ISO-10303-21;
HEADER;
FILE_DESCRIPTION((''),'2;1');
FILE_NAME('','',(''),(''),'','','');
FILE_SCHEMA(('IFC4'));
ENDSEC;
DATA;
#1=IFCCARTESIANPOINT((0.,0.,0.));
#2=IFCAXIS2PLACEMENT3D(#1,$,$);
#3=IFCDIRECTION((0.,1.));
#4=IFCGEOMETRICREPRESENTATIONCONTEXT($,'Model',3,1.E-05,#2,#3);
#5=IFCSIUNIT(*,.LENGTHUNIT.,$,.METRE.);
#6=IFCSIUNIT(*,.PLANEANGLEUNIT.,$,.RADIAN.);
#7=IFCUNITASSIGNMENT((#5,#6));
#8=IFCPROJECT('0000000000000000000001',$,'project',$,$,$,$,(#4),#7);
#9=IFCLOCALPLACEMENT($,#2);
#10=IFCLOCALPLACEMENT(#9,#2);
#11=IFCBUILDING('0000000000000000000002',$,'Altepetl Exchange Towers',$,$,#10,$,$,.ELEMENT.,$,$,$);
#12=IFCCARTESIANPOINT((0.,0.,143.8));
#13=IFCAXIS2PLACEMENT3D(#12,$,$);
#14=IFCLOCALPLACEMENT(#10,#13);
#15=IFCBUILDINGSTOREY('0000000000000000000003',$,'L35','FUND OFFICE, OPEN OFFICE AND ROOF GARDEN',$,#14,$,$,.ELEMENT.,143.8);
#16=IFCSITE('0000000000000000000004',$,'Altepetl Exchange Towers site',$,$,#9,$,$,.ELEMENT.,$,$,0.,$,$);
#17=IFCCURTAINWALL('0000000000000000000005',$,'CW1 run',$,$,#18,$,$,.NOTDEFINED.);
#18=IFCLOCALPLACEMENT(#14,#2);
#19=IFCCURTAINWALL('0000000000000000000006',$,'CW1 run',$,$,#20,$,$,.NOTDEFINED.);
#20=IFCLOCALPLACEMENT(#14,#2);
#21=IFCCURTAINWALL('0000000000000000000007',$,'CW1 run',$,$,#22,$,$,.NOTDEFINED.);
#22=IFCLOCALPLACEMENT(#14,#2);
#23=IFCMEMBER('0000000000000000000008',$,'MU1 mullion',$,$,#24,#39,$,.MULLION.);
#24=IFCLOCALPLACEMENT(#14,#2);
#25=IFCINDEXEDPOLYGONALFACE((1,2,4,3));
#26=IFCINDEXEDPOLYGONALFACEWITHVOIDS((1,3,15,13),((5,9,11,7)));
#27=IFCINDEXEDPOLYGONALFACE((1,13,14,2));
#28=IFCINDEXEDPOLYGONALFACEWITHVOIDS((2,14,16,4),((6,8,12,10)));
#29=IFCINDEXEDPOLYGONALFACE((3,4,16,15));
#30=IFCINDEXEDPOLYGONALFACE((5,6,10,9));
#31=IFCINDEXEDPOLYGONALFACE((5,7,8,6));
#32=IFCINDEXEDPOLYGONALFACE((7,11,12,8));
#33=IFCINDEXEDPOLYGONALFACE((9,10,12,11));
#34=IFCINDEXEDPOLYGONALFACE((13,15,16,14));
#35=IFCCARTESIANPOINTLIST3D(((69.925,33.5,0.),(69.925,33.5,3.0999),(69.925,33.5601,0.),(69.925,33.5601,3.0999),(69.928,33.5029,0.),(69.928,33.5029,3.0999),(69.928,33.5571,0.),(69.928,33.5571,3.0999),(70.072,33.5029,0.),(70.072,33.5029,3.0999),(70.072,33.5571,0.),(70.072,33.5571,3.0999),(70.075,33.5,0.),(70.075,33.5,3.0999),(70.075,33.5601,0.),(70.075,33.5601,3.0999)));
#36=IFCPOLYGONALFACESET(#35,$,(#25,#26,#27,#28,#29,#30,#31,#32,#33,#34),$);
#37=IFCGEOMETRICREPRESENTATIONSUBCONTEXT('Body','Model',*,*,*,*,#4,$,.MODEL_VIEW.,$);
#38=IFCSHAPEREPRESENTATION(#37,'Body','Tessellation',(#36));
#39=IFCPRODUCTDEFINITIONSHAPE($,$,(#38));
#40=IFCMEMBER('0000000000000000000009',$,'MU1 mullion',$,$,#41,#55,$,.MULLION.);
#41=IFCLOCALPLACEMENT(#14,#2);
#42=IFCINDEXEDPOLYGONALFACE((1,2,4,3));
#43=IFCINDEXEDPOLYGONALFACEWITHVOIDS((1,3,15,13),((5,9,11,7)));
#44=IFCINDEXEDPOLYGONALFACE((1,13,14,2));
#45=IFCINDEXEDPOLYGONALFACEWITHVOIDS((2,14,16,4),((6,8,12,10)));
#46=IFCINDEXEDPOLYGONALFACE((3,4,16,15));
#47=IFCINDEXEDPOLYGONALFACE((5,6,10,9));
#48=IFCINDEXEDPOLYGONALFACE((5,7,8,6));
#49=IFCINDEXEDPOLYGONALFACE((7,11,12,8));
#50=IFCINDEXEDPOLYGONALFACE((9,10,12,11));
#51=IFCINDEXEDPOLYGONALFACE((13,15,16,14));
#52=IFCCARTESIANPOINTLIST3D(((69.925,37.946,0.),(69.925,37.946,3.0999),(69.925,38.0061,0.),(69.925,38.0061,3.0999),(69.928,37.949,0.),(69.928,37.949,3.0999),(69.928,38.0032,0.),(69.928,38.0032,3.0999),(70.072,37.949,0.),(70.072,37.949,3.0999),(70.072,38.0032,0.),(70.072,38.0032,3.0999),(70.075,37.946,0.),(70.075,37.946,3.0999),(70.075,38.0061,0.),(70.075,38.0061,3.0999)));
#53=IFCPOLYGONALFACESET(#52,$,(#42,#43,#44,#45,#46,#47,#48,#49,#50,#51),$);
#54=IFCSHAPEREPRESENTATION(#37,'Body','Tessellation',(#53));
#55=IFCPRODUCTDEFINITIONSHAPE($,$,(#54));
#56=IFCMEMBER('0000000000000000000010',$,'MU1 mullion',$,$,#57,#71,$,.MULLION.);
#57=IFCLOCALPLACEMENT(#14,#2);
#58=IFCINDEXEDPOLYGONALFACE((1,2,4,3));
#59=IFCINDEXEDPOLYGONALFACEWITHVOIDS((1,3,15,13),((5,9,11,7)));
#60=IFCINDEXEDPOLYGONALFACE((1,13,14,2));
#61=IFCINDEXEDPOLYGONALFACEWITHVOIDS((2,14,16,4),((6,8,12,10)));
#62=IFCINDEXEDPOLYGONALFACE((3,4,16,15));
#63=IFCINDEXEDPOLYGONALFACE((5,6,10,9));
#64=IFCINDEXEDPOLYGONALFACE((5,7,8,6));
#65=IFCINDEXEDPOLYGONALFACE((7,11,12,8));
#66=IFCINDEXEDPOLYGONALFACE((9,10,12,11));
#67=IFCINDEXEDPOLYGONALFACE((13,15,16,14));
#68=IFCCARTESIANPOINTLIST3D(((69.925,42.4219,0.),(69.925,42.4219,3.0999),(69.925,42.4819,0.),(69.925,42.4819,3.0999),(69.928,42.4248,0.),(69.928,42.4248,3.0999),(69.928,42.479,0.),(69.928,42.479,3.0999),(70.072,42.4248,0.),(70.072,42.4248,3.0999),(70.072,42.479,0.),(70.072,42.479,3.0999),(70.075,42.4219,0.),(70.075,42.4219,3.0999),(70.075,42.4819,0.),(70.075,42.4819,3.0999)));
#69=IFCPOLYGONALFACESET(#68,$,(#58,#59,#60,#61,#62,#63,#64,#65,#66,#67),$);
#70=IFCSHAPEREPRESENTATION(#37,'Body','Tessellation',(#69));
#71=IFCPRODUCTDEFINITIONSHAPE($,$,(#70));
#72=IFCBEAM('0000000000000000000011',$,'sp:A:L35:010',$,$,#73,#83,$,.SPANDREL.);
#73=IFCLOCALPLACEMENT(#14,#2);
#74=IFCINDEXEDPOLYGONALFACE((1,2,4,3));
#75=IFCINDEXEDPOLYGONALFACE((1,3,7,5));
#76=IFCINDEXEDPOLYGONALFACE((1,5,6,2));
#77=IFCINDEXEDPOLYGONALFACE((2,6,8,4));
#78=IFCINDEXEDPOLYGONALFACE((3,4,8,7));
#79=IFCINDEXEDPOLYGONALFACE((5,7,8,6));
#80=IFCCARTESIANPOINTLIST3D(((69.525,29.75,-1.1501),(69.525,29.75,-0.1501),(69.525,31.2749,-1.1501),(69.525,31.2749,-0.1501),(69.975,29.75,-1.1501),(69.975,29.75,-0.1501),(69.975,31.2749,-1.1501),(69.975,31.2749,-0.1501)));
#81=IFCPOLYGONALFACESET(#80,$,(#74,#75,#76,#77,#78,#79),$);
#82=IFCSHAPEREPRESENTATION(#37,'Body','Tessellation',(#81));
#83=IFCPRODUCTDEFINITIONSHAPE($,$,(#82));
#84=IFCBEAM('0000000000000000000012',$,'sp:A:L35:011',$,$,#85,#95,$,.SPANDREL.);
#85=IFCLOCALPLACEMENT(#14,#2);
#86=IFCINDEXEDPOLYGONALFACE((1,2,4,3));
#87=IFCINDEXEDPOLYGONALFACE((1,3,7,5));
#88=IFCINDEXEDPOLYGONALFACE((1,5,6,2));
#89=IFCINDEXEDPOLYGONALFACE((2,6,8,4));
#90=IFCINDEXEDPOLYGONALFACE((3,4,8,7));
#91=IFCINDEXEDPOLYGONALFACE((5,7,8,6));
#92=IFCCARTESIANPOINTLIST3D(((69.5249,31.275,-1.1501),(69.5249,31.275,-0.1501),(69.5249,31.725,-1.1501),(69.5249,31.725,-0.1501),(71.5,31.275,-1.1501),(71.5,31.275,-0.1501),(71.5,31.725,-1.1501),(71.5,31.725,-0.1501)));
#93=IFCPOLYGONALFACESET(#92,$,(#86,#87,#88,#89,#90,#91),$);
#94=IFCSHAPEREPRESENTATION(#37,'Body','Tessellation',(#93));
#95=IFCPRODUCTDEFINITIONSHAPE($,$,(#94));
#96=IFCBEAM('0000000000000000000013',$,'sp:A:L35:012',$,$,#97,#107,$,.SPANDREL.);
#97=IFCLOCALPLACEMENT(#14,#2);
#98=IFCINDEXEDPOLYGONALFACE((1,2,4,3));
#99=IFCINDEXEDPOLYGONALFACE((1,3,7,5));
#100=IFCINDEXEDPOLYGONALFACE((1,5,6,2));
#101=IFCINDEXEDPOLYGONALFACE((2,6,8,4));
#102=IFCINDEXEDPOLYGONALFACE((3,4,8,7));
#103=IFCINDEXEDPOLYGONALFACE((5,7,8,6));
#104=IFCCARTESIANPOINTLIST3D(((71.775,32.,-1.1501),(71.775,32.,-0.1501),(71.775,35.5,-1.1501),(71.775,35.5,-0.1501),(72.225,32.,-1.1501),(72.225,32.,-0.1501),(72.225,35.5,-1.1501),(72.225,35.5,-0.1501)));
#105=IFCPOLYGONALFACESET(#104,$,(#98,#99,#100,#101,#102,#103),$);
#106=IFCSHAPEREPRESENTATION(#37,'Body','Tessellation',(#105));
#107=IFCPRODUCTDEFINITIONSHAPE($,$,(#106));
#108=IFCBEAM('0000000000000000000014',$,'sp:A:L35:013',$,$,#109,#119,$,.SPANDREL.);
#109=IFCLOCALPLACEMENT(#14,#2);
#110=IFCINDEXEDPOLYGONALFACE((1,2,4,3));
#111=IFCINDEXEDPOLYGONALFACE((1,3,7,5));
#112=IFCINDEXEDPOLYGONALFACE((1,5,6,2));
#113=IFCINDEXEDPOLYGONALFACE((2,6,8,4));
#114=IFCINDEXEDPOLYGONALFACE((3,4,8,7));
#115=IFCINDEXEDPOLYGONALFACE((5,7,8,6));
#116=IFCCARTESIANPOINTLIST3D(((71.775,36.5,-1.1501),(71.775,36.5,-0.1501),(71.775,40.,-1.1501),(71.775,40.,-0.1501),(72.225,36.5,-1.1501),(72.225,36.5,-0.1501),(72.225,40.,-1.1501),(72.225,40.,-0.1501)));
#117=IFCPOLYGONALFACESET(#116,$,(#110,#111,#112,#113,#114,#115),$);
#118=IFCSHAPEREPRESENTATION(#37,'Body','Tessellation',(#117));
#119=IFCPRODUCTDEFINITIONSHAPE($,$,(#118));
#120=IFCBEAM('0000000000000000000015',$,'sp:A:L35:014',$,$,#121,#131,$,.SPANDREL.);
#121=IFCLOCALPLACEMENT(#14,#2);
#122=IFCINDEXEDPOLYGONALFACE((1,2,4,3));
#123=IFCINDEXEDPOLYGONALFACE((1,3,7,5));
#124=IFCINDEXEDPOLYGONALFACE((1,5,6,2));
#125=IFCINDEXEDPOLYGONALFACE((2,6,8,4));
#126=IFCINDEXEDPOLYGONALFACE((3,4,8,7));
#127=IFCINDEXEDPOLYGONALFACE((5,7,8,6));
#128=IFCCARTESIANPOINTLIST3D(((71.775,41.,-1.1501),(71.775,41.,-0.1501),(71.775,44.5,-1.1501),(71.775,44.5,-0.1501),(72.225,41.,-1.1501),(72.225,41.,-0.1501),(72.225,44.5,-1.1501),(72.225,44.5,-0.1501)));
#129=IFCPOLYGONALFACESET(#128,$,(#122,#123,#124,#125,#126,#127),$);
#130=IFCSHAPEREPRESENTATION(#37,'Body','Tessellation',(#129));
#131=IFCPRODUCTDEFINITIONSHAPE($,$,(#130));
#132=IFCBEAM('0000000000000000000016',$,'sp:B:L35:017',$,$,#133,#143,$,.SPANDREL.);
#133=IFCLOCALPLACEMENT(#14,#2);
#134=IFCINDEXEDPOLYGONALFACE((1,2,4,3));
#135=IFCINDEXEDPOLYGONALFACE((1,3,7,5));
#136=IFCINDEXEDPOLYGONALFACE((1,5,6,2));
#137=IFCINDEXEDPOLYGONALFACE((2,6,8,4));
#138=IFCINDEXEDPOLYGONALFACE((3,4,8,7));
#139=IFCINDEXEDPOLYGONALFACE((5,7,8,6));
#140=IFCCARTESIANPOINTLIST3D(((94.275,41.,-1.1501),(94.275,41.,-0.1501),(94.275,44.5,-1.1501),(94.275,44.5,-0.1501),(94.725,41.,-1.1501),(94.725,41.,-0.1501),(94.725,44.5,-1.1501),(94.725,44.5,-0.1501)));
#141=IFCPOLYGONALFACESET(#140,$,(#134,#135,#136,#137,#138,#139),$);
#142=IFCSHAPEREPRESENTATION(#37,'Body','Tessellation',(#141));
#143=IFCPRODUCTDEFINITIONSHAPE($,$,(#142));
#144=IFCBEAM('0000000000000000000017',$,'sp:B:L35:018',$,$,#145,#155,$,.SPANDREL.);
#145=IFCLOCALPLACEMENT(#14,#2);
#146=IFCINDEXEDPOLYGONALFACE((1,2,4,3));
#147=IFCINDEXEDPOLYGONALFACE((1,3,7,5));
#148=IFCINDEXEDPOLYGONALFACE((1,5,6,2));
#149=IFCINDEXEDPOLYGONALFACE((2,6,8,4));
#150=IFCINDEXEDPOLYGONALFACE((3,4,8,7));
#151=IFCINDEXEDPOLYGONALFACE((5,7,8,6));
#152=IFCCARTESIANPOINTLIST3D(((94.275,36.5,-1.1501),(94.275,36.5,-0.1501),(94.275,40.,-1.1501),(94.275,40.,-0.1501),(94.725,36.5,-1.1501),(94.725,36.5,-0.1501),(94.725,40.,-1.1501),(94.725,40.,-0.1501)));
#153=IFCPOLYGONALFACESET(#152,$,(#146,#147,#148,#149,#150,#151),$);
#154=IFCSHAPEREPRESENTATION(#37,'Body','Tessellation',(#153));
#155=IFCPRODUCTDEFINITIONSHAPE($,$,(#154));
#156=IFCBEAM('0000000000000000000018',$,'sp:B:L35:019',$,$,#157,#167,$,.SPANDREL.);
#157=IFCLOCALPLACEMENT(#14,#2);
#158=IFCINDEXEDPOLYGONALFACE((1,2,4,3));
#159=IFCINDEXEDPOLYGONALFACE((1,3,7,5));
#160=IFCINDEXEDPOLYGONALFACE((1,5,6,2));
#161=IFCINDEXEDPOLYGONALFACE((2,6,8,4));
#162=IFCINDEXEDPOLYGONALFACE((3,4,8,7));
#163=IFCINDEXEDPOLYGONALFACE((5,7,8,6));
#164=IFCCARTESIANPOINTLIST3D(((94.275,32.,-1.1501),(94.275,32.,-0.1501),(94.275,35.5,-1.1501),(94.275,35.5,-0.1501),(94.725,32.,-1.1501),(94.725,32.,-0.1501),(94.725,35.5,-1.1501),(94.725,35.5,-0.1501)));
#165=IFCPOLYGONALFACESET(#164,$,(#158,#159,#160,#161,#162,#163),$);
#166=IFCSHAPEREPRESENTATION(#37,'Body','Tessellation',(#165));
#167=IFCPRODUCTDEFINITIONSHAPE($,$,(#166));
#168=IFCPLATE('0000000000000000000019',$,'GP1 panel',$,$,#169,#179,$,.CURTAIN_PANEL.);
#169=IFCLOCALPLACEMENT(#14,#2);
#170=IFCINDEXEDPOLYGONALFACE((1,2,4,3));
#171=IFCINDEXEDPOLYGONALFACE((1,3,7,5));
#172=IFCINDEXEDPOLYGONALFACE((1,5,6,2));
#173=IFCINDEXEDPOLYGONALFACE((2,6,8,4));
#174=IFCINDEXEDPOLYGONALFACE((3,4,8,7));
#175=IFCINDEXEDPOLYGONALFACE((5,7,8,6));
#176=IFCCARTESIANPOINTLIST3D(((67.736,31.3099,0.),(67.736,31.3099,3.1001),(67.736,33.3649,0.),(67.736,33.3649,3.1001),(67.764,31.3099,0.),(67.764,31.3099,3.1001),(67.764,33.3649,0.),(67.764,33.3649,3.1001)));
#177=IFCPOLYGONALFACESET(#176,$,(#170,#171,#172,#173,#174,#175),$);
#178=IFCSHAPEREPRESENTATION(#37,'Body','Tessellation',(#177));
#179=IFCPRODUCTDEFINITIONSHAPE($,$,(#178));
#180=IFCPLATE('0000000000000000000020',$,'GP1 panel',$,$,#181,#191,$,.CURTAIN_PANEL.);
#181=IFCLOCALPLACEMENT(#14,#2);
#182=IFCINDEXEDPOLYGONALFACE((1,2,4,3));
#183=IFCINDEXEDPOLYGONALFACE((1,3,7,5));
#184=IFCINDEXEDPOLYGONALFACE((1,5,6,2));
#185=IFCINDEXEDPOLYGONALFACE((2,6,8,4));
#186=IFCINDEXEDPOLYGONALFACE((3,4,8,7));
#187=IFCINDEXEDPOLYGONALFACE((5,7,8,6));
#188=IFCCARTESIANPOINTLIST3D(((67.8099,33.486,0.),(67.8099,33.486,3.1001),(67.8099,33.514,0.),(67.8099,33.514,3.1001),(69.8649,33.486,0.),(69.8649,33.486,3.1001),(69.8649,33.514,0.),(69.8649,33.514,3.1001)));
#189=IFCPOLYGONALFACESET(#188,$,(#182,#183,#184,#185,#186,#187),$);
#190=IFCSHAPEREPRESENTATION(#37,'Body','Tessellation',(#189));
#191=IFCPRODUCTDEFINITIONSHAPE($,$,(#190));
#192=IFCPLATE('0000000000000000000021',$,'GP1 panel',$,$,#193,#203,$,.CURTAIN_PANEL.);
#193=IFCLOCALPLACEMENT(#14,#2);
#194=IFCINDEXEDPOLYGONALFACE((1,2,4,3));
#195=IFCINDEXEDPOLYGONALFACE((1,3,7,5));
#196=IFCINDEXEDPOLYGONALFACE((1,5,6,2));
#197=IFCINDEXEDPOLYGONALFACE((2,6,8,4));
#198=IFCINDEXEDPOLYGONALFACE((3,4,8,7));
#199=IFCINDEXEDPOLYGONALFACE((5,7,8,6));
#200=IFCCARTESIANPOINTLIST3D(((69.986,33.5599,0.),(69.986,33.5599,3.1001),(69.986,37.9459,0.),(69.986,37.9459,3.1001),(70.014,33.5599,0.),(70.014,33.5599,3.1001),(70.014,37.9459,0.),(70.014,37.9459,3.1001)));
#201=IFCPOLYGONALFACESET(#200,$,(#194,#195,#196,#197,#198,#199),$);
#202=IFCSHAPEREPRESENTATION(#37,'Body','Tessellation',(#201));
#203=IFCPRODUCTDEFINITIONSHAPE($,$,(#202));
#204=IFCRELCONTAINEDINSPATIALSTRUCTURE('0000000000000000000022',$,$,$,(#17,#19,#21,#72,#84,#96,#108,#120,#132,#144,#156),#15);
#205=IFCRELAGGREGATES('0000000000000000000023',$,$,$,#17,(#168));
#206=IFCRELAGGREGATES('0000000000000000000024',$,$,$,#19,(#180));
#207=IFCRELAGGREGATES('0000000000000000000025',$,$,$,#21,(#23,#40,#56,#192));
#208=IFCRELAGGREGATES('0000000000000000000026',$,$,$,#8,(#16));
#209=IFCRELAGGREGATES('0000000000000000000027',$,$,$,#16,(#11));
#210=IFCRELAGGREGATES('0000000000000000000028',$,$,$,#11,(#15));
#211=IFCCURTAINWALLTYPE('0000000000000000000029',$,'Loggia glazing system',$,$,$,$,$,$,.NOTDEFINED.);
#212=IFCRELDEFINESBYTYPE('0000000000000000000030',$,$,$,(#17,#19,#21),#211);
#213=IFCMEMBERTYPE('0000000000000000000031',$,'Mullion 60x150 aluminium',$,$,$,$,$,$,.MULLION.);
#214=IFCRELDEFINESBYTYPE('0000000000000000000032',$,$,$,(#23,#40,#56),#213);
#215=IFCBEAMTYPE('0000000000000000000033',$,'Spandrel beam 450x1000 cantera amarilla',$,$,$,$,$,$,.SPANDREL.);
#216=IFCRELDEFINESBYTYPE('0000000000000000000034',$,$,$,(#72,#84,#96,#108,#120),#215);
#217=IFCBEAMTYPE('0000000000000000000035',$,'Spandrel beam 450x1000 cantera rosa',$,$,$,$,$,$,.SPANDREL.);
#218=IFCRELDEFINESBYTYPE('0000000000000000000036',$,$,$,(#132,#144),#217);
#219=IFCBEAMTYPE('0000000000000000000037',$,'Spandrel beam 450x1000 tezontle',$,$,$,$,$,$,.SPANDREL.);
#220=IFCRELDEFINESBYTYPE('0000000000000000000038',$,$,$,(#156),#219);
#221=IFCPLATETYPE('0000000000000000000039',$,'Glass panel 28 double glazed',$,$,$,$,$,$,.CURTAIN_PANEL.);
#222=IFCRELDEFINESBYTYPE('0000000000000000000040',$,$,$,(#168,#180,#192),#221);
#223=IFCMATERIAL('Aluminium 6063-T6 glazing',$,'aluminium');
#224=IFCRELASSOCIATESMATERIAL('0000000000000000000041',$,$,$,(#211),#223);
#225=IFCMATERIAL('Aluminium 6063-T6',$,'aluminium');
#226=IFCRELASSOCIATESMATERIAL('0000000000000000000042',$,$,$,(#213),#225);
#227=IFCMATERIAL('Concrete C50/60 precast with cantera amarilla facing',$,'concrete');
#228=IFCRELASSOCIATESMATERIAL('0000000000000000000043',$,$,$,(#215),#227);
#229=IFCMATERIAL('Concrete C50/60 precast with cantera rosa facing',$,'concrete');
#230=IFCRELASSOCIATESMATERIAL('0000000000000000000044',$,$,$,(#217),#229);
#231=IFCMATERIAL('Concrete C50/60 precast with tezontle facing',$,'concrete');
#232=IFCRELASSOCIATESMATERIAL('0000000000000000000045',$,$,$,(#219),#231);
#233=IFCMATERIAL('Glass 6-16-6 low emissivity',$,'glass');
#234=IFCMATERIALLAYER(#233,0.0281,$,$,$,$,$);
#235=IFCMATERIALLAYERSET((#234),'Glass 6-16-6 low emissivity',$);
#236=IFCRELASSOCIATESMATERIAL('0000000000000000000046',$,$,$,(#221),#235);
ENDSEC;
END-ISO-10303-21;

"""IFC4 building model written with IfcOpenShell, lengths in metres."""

from ifc_helpers import new_model, si_unit, direction, frame, origin, origin_2d, place, context, subcontext, project, spatial, rectangle, hollow_rectangle, extrude, material, layer, layer_set, material_profile, profile_set, type_object, element, aggregate, save


model = new_model("IFC4")

# Units and contexts
model_context = context("Model", 3, precision=1e-05, world=origin(), true_north=direction((0.0, 1.0)))
body_context = subcontext(model_context, "Body", "Model", "MODEL_VIEW")
ifc_project = project(units=[si_unit("LENGTHUNIT", "METRE"), si_unit("PLANEANGLEUNIT", "RADIAN")], contexts=[model_context])

# Site, building, storey
site_placement = place(None, origin())
site = spatial("IfcSite", under=ifc_project, at=site_placement, Name="Altepetl Exchange Towers site", CompositionType="ELEMENT", RefElevation=0.0)
building_placement = place(site_placement, origin())
building = spatial("IfcBuilding", under=site, at=building_placement, Name="Altepetl Exchange Towers", CompositionType="ELEMENT")
storey_placement = place(building_placement, frame((0.0, 0.0, 143.8)))
storey = spatial("IfcBuildingStorey", under=building, at=storey_placement, Name="L35", Description="FUND OFFICE, OPEN OFFICE AND ROOF GARDEN", CompositionType="ELEMENT", Elevation=143.8)

# Shared definitions
ifc_material_1 = material(Name="Aluminium 6063-T6 glazing", Category="aluminium")
curtain_wall_type = type_object("IfcCurtainWallType", Name="Loggia glazing system", PredefinedType="NOTDEFINED", material=ifc_material_1)
ifc_material_2 = material(Name="Aluminium 6063-T6", Category="aluminium")
ifc_material_profile_1 = material_profile(ifc_material_2, hollow_rectangle(XDim=0.0601, YDim=0.1499, WallThickness=0.0029, at=origin_2d()), Name="Mullion 60x150 aluminium")
ifc_profile_set_1 = profile_set([ifc_material_profile_1], Name="Aluminium 6063-T6")
member_type = type_object("IfcMemberType", Name="Mullion 60x150 aluminium", PredefinedType="MULLION", material=ifc_profile_set_1)

# Curtain walls, members
curtain_wall_1_placement = place(storey_placement, origin())
curtain_wall_1 = element("IfcCurtainWall", 1, at=curtain_wall_1_placement, inside=storey, type_object=curtain_wall_type, Name="CW1 run", PredefinedType="NOTDEFINED")
curtain_wall_2_placement = place(storey_placement, origin())
curtain_wall_2 = element("IfcCurtainWall", 2, at=curtain_wall_2_placement, inside=storey, type_object=curtain_wall_type, Name="CW1 run", PredefinedType="NOTDEFINED")
curtain_wall_3_placement = place(storey_placement, origin())
curtain_wall_3 = element("IfcCurtainWall", 3, at=curtain_wall_3_placement, inside=storey, type_object=curtain_wall_type, Name="CW1 run", PredefinedType="NOTDEFINED")
member_1_placement = place(storey_placement, frame((70.0, 33.53, 0.0), z_axis=(0.0, 0.0, 1.0), x_axis=(0.0, 1.0, 0.0)))
member_1 = element("IfcMember", 4, at=member_1_placement, type_object=member_type, Name="MU1 mullion", PredefinedType="MULLION", context=body_context, shape_type="SweptSolid", body=[
    extrude(hollow_rectangle(XDim=0.0601, YDim=0.1499, WallThickness=0.0029, at=origin_2d()), origin(), (0.0, 0.0, 1.0), 3.0999),
])
member_2_placement = place(storey_placement, frame((70.0, 37.9761, 0.0), z_axis=(0.0, 0.0, 1.0), x_axis=(0.0, 1.0, 0.0)))
member_2 = element("IfcMember", 5, at=member_2_placement, type_object=member_type, Name="MU1 mullion", PredefinedType="MULLION", context=body_context, shape_type="SweptSolid", body=[
    extrude(hollow_rectangle(XDim=0.0601, YDim=0.1499, WallThickness=0.0029, at=origin_2d()), origin(), (0.0, 0.0, 1.0), 3.0999),
])
member_3_placement = place(storey_placement, frame((70.0, 42.4519, 0.0), z_axis=(0.0, 0.0, 1.0), x_axis=(0.0, 1.0, 0.0)))
member_3 = element("IfcMember", 6, at=member_3_placement, type_object=member_type, Name="MU1 mullion", PredefinedType="MULLION", context=body_context, shape_type="SweptSolid", body=[
    extrude(hollow_rectangle(XDim=0.0601, YDim=0.1499, WallThickness=0.0029, at=origin_2d()), origin(), (0.0, 0.0, 1.0), 3.0999),
])

# Beams
ifc_material_3 = material(Name="Concrete C50/60 precast with cantera amarilla facing", Category="concrete")
ifc_material_profile_2 = material_profile(ifc_material_3, rectangle(XDim=0.45, YDim=1.0, at=origin_2d()), Name="450 x 1000")
ifc_profile_set_2 = profile_set([ifc_material_profile_2], Name="Concrete C50/60 precast with cantera amarilla facing")
beam_type_1 = type_object("IfcBeamType", Name="Spandrel beam 450x1000 cantera amarilla", PredefinedType="SPANDREL", material=ifc_profile_set_2)
beam_1_placement = place(storey_placement, frame((69.75, 29.75, -0.6501), z_axis=(0.0, 1.0, 0.0), x_axis=(-1.0, 0.0, 0.0)))
element("IfcBeam", 7, at=beam_1_placement, inside=storey, type_object=beam_type_1, Name="sp:A:L35:010", PredefinedType="SPANDREL", context=body_context, shape_type="SweptSolid", body=[
    extrude(rectangle(XDim=0.45, YDim=1.0, at=origin_2d()), origin(), (0.0, 0.0, 1.0), 1.5249),
])
beam_2_placement = place(storey_placement, frame((69.5249, 31.5, -0.6501), z_axis=(1.0, 0.0, 0.0), x_axis=(0.0, 1.0, 0.0)))
element("IfcBeam", 8, at=beam_2_placement, inside=storey, type_object=beam_type_1, Name="sp:A:L35:011", PredefinedType="SPANDREL", context=body_context, shape_type="SweptSolid", body=[
    extrude(rectangle(XDim=0.45, YDim=1.0, at=origin_2d()), origin(), (0.0, 0.0, 1.0), 1.9751),
])
for number, where, z_axis, x_axis, name in (
    (9, (72.0, 32.0, -0.6501), (0.0, 1.0, 0.0), (-1.0, 0.0, 0.0), "sp:A:L35:012"),
    (10, (72.0, 36.5, -0.6501), (0.0, 1.0, 0.0), (-1.0, 0.0, 0.0), "sp:A:L35:013"),
    (11, (72.0, 41.0, -0.6501), (0.0, 1.0, 0.0), (-1.0, 0.0, 0.0), "sp:A:L35:014"),
):
    element("IfcBeam", number, at=place(storey_placement, frame(where, z_axis=z_axis, x_axis=x_axis)), inside=storey, type_object=beam_type_1, Name=name, PredefinedType="SPANDREL", context=body_context, shape_type="SweptSolid", body=[
        extrude(rectangle(XDim=0.45, YDim=1.0, at=origin_2d()), origin(), (0.0, 0.0, 1.0), 3.5),
    ])
ifc_material_4 = material(Name="Concrete C50/60 precast with cantera rosa facing", Category="concrete")
ifc_material_profile_3 = material_profile(ifc_material_4, rectangle(XDim=0.45, YDim=1.0, at=origin_2d()), Name="450 x 1000")
ifc_profile_set_3 = profile_set([ifc_material_profile_3], Name="Concrete C50/60 precast with cantera rosa facing")
beam_type_2 = type_object("IfcBeamType", Name="Spandrel beam 450x1000 cantera rosa", PredefinedType="SPANDREL", material=ifc_profile_set_3)
for number, where, z_axis, x_axis, name in (
    (12, (94.5, 44.5, -0.6501), (0.0, -1.0, 0.0), (1.0, 0.0, 0.0), "sp:B:L35:017"),
    (13, (94.5, 40.0, -0.6501), (0.0, -1.0, 0.0), (1.0, 0.0, 0.0), "sp:B:L35:018"),
):
    element("IfcBeam", number, at=place(storey_placement, frame(where, z_axis=z_axis, x_axis=x_axis)), inside=storey, type_object=beam_type_2, Name=name, PredefinedType="SPANDREL", context=body_context, shape_type="SweptSolid", body=[
        extrude(rectangle(XDim=0.45, YDim=1.0, at=origin_2d()), origin(), (0.0, 0.0, 1.0), 3.5),
    ])
ifc_material_5 = material(Name="Concrete C50/60 precast with tezontle facing", Category="concrete")
ifc_material_profile_4 = material_profile(ifc_material_5, rectangle(XDim=0.45, YDim=1.0, at=origin_2d()), Name="450 x 1000")
ifc_profile_set_4 = profile_set([ifc_material_profile_4], Name="Concrete C50/60 precast with tezontle facing")
beam_type_3 = type_object("IfcBeamType", Name="Spandrel beam 450x1000 tezontle", PredefinedType="SPANDREL", material=ifc_profile_set_4)
beam_3_placement = place(storey_placement, frame((94.5, 35.5, -0.6501), z_axis=(0.0, -1.0, 0.0), x_axis=(1.0, 0.0, 0.0)))
element("IfcBeam", 14, at=beam_3_placement, inside=storey, type_object=beam_type_3, Name="sp:B:L35:019", PredefinedType="SPANDREL", context=body_context, shape_type="SweptSolid", body=[
    extrude(rectangle(XDim=0.45, YDim=1.0, at=origin_2d()), origin(), (0.0, 0.0, 1.0), 3.5),
])

# Plates
ifc_material_6 = material(Name="Glass 6-16-6 low emissivity", Category="glass")
ifc_layer = layer(ifc_material_6, 0.0281)
ifc_layer_set = layer_set([ifc_layer], Name="Glass 6-16-6 low emissivity")
plate_type = type_object("IfcPlateType", Name="Glass panel 28 double glazed", PredefinedType="CURTAIN_PANEL", material=ifc_layer_set)
plate_1_placement = place(storey_placement, frame((67.75, 32.3374, 0.0), z_axis=(0.0, 0.0, 1.0), x_axis=(0.0, 1.0, 0.0)))
plate_1 = element("IfcPlate", 15, at=plate_1_placement, type_object=plate_type, Name="GP1 panel", PredefinedType="CURTAIN_PANEL", context=body_context, shape_type="SweptSolid", body=[
    extrude(rectangle(XDim=2.0549, YDim=0.0281, at=origin_2d()), origin(), (0.0, 0.0, 1.0), 3.1001),
])
aggregate(curtain_wall_1, [plate_1])
plate_2_placement = place(storey_placement, frame((68.8374, 33.5, 0.0)))
plate_2 = element("IfcPlate", 16, at=plate_2_placement, type_object=plate_type, Name="GP1 panel", PredefinedType="CURTAIN_PANEL", context=body_context, shape_type="SweptSolid", body=[
    extrude(rectangle(XDim=2.0549, YDim=0.0281, at=origin_2d()), origin(), (0.0, 0.0, 1.0), 3.1001),
])
aggregate(curtain_wall_2, [plate_2])
plate_3_placement = place(storey_placement, frame((70.0, 35.7529, 0.0), z_axis=(0.0, 0.0, 1.0), x_axis=(0.0, 1.0, 0.0)))
plate_3 = element("IfcPlate", 17, at=plate_3_placement, type_object=plate_type, Name="GP1 panel", PredefinedType="CURTAIN_PANEL", context=body_context, shape_type="SweptSolid", body=[
    extrude(rectangle(XDim=4.386, YDim=0.0281, at=origin_2d()), origin(), (0.0, 0.0, 1.0), 3.1001),
])
aggregate(curtain_wall_3, [member_1, member_2, member_3, plate_3])

save(model, "model.ifc")
